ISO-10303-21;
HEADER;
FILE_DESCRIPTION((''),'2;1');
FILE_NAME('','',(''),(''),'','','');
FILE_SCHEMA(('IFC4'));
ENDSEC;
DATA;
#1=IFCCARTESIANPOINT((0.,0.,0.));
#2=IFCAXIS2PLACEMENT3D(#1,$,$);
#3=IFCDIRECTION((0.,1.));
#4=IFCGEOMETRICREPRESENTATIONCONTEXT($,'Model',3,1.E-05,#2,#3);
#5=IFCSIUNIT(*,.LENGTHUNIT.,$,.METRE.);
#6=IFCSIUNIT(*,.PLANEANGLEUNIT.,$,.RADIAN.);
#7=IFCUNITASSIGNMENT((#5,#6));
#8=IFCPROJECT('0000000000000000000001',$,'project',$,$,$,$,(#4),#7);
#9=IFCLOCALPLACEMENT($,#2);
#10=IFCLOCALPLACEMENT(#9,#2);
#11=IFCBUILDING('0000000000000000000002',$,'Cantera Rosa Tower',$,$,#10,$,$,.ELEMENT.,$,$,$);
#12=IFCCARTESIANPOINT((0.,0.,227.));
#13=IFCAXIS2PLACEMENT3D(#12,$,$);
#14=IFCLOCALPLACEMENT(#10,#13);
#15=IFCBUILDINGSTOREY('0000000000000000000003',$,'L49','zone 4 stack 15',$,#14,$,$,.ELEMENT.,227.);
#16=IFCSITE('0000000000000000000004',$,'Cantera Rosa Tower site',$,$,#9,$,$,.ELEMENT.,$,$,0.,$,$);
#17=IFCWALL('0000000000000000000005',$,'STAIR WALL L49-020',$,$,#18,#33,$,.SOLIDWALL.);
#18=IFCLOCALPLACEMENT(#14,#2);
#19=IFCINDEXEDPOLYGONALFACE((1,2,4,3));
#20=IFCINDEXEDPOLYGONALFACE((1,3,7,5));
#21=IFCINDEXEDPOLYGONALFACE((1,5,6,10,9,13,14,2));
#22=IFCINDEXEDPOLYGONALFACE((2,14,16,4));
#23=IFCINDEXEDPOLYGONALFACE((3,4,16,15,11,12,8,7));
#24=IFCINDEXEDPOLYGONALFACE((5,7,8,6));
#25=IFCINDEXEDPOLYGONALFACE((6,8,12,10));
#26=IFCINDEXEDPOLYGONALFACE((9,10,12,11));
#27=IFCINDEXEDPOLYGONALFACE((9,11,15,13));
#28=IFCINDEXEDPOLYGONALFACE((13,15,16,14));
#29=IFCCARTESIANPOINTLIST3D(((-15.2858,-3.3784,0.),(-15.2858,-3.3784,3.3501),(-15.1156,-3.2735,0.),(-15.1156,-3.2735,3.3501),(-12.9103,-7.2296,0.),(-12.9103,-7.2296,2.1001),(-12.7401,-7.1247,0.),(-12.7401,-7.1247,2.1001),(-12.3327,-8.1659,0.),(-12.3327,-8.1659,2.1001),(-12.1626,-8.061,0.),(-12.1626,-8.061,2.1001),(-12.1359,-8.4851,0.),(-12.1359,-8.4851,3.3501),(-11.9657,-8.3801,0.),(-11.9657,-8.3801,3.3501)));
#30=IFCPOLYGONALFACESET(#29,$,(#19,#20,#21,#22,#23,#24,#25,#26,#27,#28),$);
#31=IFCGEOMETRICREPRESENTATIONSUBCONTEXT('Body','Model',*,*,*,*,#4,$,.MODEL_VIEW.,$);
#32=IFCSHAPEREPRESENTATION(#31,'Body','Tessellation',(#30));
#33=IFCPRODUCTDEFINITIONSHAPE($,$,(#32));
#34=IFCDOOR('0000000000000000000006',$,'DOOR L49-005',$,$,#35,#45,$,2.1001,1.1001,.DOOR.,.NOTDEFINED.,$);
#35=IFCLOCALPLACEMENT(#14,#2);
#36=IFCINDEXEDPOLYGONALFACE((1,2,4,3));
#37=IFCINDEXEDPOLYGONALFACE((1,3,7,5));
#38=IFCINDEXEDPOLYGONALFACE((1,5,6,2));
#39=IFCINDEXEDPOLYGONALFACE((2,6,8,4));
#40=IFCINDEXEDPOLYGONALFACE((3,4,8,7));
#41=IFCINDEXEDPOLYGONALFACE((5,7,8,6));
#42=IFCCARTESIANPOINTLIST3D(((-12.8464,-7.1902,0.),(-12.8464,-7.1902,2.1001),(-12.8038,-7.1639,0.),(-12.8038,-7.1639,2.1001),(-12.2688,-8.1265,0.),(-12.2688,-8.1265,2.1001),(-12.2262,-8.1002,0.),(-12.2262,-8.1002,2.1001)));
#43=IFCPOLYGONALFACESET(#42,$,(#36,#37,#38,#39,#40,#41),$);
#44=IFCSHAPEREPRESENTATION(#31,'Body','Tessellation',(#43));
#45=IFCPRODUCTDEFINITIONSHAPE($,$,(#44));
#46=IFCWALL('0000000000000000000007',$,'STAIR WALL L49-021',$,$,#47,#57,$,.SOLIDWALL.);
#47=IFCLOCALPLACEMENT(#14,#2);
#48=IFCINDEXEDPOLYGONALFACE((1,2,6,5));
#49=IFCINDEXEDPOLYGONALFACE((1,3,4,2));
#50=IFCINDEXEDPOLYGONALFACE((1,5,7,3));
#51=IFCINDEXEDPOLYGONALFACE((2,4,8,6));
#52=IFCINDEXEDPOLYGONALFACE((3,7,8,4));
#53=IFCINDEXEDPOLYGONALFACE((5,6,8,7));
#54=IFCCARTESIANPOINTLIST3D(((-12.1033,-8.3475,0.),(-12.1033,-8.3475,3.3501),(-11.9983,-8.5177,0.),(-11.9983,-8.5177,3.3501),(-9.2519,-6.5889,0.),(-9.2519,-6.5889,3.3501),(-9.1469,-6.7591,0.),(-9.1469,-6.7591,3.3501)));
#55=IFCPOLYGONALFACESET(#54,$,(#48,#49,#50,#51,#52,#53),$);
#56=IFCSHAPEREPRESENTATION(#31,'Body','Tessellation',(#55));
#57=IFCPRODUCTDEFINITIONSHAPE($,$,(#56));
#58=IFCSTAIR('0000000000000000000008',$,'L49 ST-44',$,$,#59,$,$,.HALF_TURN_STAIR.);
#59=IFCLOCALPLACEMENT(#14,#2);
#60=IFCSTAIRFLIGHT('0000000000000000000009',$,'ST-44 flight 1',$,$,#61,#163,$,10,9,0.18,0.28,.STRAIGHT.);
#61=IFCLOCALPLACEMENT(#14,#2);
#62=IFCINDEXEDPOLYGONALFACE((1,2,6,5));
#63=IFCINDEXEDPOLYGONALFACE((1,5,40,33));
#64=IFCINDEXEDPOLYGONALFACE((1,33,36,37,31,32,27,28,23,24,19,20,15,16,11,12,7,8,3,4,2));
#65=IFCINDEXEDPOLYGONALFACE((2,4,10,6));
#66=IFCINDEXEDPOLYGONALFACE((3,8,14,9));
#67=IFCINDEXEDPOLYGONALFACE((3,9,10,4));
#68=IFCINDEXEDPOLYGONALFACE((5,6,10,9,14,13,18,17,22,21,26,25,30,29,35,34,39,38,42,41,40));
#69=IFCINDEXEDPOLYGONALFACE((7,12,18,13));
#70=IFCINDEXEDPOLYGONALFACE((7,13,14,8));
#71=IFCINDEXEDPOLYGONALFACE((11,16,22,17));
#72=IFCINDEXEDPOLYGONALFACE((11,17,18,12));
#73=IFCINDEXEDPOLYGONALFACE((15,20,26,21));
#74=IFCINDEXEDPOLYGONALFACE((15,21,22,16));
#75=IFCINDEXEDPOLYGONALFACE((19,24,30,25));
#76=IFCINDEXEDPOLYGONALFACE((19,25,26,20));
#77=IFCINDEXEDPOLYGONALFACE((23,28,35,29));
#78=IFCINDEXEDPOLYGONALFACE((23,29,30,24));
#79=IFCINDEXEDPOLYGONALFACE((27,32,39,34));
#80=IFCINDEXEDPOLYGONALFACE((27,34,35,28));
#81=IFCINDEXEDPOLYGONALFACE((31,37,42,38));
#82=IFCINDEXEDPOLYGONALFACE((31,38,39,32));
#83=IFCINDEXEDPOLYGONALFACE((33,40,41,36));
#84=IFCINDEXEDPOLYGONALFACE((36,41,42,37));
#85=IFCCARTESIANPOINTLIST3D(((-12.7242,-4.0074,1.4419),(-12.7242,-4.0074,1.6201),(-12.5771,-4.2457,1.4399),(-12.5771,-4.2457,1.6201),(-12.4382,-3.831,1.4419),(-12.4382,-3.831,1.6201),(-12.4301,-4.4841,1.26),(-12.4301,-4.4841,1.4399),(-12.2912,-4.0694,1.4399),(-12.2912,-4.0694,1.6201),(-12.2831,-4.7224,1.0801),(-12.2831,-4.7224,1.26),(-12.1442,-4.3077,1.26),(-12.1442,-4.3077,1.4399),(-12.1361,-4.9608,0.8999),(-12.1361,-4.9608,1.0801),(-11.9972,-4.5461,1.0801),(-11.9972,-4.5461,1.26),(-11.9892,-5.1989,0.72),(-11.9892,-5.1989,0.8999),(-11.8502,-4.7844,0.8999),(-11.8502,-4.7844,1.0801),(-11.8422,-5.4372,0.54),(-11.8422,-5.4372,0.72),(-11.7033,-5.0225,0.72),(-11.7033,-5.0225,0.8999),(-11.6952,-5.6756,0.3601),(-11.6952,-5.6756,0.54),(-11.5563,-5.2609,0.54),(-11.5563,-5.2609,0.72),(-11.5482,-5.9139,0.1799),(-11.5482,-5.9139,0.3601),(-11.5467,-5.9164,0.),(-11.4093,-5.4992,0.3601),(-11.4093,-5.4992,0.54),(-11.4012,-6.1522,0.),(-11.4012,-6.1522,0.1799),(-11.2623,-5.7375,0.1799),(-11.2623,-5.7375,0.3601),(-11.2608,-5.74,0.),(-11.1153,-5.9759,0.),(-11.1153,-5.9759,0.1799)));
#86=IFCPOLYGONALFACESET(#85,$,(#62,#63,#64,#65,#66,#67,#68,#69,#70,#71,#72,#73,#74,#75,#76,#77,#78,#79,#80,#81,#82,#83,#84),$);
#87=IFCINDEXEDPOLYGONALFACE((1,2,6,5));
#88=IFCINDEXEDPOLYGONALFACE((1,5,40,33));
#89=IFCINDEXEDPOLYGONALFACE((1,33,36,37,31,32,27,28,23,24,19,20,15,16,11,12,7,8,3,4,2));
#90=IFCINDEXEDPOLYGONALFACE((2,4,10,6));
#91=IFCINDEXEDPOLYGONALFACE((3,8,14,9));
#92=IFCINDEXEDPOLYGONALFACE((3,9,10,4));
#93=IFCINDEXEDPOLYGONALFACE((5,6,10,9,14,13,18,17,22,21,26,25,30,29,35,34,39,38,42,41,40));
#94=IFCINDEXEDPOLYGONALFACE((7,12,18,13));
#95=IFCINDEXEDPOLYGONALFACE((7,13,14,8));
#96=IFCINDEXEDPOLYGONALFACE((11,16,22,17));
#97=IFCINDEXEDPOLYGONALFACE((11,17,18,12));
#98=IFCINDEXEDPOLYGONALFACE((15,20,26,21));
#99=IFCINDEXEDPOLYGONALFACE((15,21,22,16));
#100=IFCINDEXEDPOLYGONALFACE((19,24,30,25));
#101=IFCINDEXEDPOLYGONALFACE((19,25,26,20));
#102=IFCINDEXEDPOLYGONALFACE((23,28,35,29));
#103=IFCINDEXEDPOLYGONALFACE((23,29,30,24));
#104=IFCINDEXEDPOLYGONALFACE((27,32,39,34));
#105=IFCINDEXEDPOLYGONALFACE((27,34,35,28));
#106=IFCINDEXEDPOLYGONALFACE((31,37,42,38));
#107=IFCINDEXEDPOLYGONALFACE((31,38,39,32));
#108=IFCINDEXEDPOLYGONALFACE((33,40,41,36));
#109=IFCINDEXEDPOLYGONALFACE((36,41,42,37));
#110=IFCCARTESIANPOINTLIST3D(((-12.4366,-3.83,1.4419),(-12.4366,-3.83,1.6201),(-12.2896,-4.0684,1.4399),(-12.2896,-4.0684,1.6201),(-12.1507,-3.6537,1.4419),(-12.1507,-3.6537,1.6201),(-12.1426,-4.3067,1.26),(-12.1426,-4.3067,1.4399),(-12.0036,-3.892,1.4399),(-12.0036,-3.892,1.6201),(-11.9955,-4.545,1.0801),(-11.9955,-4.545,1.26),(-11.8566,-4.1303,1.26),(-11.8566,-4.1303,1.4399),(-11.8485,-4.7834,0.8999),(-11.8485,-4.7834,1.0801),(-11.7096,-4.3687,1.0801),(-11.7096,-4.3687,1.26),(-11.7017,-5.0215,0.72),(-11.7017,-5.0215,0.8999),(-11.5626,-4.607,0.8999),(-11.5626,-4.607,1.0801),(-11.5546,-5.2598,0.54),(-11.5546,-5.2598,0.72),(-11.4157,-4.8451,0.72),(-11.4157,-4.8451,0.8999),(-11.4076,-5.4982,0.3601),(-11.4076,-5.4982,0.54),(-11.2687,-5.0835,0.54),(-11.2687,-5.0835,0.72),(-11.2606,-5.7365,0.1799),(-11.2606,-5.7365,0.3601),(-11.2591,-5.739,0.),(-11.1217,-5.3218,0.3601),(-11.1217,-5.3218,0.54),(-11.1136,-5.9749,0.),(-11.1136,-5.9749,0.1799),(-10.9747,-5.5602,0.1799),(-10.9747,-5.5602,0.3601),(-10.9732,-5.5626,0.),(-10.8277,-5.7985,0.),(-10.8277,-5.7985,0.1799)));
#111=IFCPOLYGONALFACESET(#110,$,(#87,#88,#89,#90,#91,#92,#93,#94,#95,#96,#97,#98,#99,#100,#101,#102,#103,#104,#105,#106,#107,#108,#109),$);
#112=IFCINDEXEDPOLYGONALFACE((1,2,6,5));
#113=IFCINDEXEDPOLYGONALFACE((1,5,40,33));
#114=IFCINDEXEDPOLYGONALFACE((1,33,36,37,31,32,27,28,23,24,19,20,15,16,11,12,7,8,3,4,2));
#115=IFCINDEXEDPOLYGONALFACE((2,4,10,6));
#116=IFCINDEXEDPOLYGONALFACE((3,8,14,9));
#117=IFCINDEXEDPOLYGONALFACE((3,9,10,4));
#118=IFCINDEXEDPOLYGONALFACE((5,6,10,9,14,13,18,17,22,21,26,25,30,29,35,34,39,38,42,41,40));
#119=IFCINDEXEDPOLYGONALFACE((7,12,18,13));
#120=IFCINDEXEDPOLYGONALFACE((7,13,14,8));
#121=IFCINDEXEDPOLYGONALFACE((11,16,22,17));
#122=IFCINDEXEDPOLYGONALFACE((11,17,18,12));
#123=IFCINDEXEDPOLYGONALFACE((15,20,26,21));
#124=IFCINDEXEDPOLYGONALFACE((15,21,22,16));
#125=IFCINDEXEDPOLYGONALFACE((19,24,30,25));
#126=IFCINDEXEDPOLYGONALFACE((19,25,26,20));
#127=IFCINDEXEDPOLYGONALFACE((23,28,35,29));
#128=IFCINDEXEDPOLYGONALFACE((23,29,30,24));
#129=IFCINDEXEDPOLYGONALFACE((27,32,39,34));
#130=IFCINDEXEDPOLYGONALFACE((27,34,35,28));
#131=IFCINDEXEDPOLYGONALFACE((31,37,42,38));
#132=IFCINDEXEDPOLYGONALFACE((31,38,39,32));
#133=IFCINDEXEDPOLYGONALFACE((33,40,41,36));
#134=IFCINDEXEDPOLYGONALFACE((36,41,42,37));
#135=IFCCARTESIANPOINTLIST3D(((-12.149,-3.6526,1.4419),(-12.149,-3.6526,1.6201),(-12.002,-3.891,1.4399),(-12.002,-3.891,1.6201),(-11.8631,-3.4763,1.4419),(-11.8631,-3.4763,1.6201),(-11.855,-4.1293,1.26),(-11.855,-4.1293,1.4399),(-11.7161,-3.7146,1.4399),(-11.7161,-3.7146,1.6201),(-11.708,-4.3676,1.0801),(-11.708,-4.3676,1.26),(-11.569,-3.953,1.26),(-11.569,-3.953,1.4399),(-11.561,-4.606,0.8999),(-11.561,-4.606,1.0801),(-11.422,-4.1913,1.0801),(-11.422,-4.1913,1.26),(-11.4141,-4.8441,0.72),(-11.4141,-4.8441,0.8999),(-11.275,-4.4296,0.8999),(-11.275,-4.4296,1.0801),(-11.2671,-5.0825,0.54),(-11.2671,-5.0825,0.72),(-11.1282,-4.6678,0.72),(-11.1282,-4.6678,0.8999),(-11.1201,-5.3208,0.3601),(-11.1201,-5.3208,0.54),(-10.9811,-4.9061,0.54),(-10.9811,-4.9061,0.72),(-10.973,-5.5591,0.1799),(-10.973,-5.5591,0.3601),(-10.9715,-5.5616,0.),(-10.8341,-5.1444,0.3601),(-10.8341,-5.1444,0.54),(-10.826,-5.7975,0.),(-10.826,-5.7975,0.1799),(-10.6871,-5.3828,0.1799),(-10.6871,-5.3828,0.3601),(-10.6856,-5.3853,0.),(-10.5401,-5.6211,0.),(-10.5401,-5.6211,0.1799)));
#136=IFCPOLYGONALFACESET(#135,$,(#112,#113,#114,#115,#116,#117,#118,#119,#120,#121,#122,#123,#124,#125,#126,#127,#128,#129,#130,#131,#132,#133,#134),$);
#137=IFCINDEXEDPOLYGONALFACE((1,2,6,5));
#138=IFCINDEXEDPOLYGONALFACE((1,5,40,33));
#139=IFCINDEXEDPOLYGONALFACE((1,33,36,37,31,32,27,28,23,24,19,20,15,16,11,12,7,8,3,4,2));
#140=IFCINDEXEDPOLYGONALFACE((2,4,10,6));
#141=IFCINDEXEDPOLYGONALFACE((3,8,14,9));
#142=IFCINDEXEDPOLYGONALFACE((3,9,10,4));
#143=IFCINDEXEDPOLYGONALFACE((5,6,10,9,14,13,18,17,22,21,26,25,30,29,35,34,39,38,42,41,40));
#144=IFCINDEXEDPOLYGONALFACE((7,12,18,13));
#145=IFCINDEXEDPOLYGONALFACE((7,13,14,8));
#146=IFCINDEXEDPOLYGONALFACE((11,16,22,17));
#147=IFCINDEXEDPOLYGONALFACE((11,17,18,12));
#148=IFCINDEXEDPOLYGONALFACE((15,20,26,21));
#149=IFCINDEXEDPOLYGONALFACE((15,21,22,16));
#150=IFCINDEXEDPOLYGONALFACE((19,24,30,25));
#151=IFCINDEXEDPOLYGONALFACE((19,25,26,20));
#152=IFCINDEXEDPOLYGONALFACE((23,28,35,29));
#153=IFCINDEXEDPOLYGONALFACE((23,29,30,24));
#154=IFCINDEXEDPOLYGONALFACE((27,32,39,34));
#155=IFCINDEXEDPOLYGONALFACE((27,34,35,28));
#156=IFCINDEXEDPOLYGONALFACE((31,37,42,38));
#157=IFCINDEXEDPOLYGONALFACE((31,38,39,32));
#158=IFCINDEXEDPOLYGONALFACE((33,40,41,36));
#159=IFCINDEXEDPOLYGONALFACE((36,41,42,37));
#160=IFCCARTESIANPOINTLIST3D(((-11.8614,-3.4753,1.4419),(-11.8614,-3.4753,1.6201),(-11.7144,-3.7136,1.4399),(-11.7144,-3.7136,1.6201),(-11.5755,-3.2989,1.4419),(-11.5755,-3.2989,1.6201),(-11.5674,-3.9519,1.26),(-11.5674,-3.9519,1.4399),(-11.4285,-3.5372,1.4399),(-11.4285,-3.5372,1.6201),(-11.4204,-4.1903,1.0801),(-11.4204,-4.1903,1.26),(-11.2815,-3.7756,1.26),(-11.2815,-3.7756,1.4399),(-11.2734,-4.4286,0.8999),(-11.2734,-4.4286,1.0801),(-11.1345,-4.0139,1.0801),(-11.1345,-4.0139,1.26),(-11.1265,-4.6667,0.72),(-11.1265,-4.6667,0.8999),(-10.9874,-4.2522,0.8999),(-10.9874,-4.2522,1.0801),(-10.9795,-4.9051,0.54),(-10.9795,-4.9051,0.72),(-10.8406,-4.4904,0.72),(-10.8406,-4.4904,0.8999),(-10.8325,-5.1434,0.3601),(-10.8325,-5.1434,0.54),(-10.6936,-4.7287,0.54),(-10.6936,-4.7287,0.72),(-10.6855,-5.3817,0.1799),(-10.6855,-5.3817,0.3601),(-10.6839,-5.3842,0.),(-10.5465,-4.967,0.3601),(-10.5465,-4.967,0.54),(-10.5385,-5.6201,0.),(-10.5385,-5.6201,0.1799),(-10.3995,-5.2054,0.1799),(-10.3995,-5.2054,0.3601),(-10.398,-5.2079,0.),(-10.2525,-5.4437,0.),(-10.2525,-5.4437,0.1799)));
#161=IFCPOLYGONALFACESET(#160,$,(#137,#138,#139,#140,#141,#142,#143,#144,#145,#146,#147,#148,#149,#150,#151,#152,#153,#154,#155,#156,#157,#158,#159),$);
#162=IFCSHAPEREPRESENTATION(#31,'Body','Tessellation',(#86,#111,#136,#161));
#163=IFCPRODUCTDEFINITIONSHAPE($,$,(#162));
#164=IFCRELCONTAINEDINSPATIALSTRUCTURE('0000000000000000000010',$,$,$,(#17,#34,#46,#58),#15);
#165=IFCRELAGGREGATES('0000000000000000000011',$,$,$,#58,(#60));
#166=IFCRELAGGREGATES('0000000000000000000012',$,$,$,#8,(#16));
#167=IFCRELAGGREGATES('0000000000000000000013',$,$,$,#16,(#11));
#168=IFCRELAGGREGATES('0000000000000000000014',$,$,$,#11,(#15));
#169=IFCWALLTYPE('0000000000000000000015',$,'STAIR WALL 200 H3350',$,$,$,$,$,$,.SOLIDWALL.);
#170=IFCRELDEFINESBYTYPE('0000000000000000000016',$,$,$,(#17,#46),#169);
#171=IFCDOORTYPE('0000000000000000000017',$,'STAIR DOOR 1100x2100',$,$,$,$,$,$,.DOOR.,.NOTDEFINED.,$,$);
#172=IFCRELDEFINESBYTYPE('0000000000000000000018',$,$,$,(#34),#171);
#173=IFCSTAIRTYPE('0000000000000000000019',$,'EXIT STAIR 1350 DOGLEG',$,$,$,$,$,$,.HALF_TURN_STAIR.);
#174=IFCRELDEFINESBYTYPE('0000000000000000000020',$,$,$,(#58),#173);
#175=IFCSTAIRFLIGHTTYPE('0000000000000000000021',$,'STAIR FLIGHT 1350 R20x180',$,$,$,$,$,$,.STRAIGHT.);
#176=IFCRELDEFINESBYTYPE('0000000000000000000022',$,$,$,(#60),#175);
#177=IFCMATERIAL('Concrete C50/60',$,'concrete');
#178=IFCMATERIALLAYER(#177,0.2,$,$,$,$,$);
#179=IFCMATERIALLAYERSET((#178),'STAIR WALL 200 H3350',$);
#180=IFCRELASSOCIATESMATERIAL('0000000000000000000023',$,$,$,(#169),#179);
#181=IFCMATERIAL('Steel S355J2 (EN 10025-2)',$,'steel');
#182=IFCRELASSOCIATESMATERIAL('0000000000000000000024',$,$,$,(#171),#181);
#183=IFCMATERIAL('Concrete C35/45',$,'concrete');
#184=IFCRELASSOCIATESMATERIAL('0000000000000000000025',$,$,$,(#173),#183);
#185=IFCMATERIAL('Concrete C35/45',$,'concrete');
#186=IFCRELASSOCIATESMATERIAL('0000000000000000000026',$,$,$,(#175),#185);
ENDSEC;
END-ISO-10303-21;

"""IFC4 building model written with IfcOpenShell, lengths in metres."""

from ifc_helpers import new_model, si_unit, direction, frame, frame_2d, origin, place, context, subcontext, project, spatial, polyline, rectangle, outline, extrude, material, layer, layer_set, type_object, element, fill, aggregate, save


model = new_model("IFC4")

# Units and contexts
model_context = context("Model", 3, precision=1e-05, world=origin(), true_north=direction((0.0, 1.0)))
body_context = subcontext(model_context, "Body", "Model", "MODEL_VIEW")
ifc_project = project(units=[si_unit("LENGTHUNIT", "METRE"), si_unit("PLANEANGLEUNIT", "RADIAN")], contexts=[model_context])

# Site, building, storey
site_placement = place(None, origin())
site = spatial("IfcSite", under=ifc_project, at=site_placement, Name="Cantera Rosa Tower site", CompositionType="ELEMENT", RefElevation=0.0)
building_placement = place(site_placement, origin())
building = spatial("IfcBuilding", under=site, at=building_placement, Name="Cantera Rosa Tower", CompositionType="ELEMENT")
storey_placement = place(building_placement, frame((0.0, 0.0, 227.0)))
storey = spatial("IfcBuildingStorey", under=building, at=storey_placement, Name="L49", Description="zone 4 stack 15", CompositionType="ELEMENT", Elevation=227.0)

# Shared definitions
ifc_material_1 = material(Name="Concrete C50/60", Category="concrete")
ifc_layer_1 = layer(ifc_material_1, 0.2)
ifc_layer_set_1 = layer_set([ifc_layer_1], Name="STAIR WALL 200 H3350")
wall_type_1 = type_object("IfcWallType", Name="STAIR WALL 200 H3350", PredefinedType="SOLIDWALL", material=ifc_layer_set_1)

# Wall, opening, door
wall_1_placement = place(storey_placement, frame((-12.0508, -8.4326, 0.0), z_axis=(0.0, 0.0, 1.0), x_axis=(-0.524983, 0.851113, 0.0)))
wall_1 = element("IfcWall", 1, at=wall_1_placement, inside=storey, type_object=wall_type_1, Name="STAIR WALL L49-020", PredefinedType="SOLIDWALL", context=body_context, shape_type="SweptSolid", body=[
    extrude(rectangle(XDim=6.0, YDim=0.2, at=frame_2d((3.0, 0.0))), origin(), (0.0, 0.0, 1.0), 3.3501),
])
opening_placement = place(wall_1_placement, frame((0.375, 0.0, 0.0)))
opening = element("IfcOpeningElement", 2, at=opening_placement, cuts=wall_1, PredefinedType="OPENING", context=body_context, shape_type="SweptSolid", body=[
    extrude(rectangle(XDim=1.1001, YDim=2.1001, at=frame_2d((0.55, 1.05))), frame((0.0, 0.1099, 0.0), z_axis=(0.0, -1.0, 0.0), x_axis=(1.0, 0.0, 0.0)), (0.0, 0.0, 1.0), 0.22),
])
ifc_material_2 = material(Name="Steel S355J2 (EN 10025-2)", Category="steel")
door_type = type_object("IfcDoorType", Name="STAIR DOOR 1100x2100", OperationType="NOTDEFINED", PredefinedType="DOOR", material=ifc_material_2)
door_placement = place(opening_placement, origin())
door = element("IfcDoor", 3, at=door_placement, inside=storey, type_object=door_type, Name="DOOR L49-005", OperationType="NOTDEFINED", OverallHeight=2.1001, OverallWidth=1.1001, PredefinedType="DOOR", context=body_context, shape_type="SweptSolid", body=[
    extrude(rectangle(XDim=1.1001, YDim=2.1001, at=frame_2d((0.55, 1.05))), frame((0.0, 0.0249, 0.0), z_axis=(0.0, -1.0, 0.0), x_axis=(1.0, 0.0, 0.0)), (0.0, 0.0, 1.0), 0.05),
])
fill(opening, door)

# Wall
wall_2_placement = place(storey_placement, frame((-12.0508, -8.4326, 0.0), z_axis=(0.0, 0.0, 1.0), x_axis=(0.85114, 0.524939, 0.0)))
element("IfcWall", 4, at=wall_2_placement, inside=storey, type_object=wall_type_1, Name="STAIR WALL L49-021", PredefinedType="SOLIDWALL", context=body_context, shape_type="SweptSolid", body=[
    extrude(rectangle(XDim=3.3501, YDim=0.2, at=frame_2d((1.675, 0.0))), origin(), (0.0, 0.0, 1.0), 3.3501),
])

# Stair, stair flight
ifc_material_3 = material(Name="Concrete C35/45", Category="concrete")
stair_type = type_object("IfcStairType", Name="EXIT STAIR 1350 DOGLEG", PredefinedType="HALF_TURN_STAIR", material=ifc_material_3)
stair_placement = place(storey_placement, origin())
stair = element("IfcStair", 5, at=stair_placement, inside=storey, type_object=stair_type, Name="L49 ST-44", PredefinedType="HALF_TURN_STAIR")
ifc_material_4 = material(Name="Concrete C35/45", Category="concrete")
stair_flight_type = type_object("IfcStairFlightType", Name="STAIR FLIGHT 1350 R20x180", PredefinedType="STRAIGHT", material=ifc_material_4)
stair_flight_1_placement = place(storey_placement, frame((-10.8267, -5.7979, 0.0), z_axis=(0.0, 0.0, 1.0), x_axis=(-0.524977, 0.851117, 0.0)))
stair_flight_1 = element("IfcStairFlight", 6, at=stair_flight_1_placement, type_object=stair_flight_type, Name="ST-44 flight 1", NumberOfRisers=10, NumberOfTreads=9, PredefinedType="STRAIGHT", RiserHeight=0.18, TreadLength=0.28, context=body_context, shape_type="SweptSolid", body=[
    extrude(outline(polyline([(0.0, 0.0), (0.0, 0.1799), (0.28, 0.1799), (0.28, 0.3601), (0.5601, 0.3601), (0.5601, 0.54), (0.8401, 0.54), (0.8401, 0.72), (1.1201, 0.72), (1.1201, 0.8999), (1.3999, 0.8999), (1.3999, 1.0801), (1.6799, 1.0801), (1.6799, 1.26), (1.96, 1.26), (1.96, 1.4399), (2.24, 1.4399), (2.24, 1.6201), (2.52, 1.6201), (2.52, 1.8), (2.52, 1.4419), (0.2771, 0.0), (0.0, 0.0)])), frame((0.0, 0.675, 0.0), z_axis=(0.0, -1.0, 0.0), x_axis=(1.0, 0.0, 0.0)), (0.0, 0.0, 1.0), 0.3359),
    extrude(outline(polyline([(0.0, 0.0), (0.0, 0.1799), (0.28, 0.1799), (0.28, 0.3601), (0.5601, 0.3601), (0.5601, 0.54), (0.8401, 0.54), (0.8401, 0.72), (1.1201, 0.72), (1.1201, 0.8999), (1.3999, 0.8999), (1.3999, 1.0801), (1.6799, 1.0801), (1.6799, 1.26), (1.96, 1.26), (1.96, 1.4399), (2.24, 1.4399), (2.24, 1.6201), (2.52, 1.6201), (2.52, 1.8), (2.52, 1.4419), (0.2771, 0.0), (0.0, 0.0)])), frame((0.0, 0.3372, 0.0), z_axis=(0.0, -1.0, 0.0), x_axis=(1.0, 0.0, 0.0)), (0.0, 0.0, 1.0), 0.3359),
    extrude(outline(polyline([(0.0, 0.0), (0.0, 0.1799), (0.28, 0.1799), (0.28, 0.3601), (0.5601, 0.3601), (0.5601, 0.54), (0.8401, 0.54), (0.8401, 0.72), (1.1201, 0.72), (1.1201, 0.8999), (1.3999, 0.8999), (1.3999, 1.0801), (1.6799, 1.0801), (1.6799, 1.26), (1.96, 1.26), (1.96, 1.4399), (2.24, 1.4399), (2.24, 1.6201), (2.52, 1.6201), (2.52, 1.8), (2.52, 1.4419), (0.2771, 0.0), (0.0, 0.0)])), frame((0.0, -0.0007, 0.0), z_axis=(0.0, -1.0, 0.0), x_axis=(1.0, 0.0, 0.0)), (0.0, 0.0, 1.0), 0.3359),
    extrude(outline(polyline([(0.0, 0.0), (0.0, 0.1799), (0.28, 0.1799), (0.28, 0.3601), (0.5601, 0.3601), (0.5601, 0.54), (0.8401, 0.54), (0.8401, 0.72), (1.1201, 0.72), (1.1201, 0.8999), (1.3999, 0.8999), (1.3999, 1.0801), (1.6799, 1.0801), (1.6799, 1.26), (1.96, 1.26), (1.96, 1.4399), (2.24, 1.4399), (2.24, 1.6201), (2.52, 1.6201), (2.52, 1.8), (2.52, 1.4419), (0.2771, 0.0), (0.0, 0.0)])), frame((0.0, -0.3386, 0.0), z_axis=(0.0, -1.0, 0.0), x_axis=(1.0, 0.0, 0.0)), (0.0, 0.0, 1.0), 0.3359),
])
aggregate(stair, [stair_flight_1])

save(model, "model.ifc")
